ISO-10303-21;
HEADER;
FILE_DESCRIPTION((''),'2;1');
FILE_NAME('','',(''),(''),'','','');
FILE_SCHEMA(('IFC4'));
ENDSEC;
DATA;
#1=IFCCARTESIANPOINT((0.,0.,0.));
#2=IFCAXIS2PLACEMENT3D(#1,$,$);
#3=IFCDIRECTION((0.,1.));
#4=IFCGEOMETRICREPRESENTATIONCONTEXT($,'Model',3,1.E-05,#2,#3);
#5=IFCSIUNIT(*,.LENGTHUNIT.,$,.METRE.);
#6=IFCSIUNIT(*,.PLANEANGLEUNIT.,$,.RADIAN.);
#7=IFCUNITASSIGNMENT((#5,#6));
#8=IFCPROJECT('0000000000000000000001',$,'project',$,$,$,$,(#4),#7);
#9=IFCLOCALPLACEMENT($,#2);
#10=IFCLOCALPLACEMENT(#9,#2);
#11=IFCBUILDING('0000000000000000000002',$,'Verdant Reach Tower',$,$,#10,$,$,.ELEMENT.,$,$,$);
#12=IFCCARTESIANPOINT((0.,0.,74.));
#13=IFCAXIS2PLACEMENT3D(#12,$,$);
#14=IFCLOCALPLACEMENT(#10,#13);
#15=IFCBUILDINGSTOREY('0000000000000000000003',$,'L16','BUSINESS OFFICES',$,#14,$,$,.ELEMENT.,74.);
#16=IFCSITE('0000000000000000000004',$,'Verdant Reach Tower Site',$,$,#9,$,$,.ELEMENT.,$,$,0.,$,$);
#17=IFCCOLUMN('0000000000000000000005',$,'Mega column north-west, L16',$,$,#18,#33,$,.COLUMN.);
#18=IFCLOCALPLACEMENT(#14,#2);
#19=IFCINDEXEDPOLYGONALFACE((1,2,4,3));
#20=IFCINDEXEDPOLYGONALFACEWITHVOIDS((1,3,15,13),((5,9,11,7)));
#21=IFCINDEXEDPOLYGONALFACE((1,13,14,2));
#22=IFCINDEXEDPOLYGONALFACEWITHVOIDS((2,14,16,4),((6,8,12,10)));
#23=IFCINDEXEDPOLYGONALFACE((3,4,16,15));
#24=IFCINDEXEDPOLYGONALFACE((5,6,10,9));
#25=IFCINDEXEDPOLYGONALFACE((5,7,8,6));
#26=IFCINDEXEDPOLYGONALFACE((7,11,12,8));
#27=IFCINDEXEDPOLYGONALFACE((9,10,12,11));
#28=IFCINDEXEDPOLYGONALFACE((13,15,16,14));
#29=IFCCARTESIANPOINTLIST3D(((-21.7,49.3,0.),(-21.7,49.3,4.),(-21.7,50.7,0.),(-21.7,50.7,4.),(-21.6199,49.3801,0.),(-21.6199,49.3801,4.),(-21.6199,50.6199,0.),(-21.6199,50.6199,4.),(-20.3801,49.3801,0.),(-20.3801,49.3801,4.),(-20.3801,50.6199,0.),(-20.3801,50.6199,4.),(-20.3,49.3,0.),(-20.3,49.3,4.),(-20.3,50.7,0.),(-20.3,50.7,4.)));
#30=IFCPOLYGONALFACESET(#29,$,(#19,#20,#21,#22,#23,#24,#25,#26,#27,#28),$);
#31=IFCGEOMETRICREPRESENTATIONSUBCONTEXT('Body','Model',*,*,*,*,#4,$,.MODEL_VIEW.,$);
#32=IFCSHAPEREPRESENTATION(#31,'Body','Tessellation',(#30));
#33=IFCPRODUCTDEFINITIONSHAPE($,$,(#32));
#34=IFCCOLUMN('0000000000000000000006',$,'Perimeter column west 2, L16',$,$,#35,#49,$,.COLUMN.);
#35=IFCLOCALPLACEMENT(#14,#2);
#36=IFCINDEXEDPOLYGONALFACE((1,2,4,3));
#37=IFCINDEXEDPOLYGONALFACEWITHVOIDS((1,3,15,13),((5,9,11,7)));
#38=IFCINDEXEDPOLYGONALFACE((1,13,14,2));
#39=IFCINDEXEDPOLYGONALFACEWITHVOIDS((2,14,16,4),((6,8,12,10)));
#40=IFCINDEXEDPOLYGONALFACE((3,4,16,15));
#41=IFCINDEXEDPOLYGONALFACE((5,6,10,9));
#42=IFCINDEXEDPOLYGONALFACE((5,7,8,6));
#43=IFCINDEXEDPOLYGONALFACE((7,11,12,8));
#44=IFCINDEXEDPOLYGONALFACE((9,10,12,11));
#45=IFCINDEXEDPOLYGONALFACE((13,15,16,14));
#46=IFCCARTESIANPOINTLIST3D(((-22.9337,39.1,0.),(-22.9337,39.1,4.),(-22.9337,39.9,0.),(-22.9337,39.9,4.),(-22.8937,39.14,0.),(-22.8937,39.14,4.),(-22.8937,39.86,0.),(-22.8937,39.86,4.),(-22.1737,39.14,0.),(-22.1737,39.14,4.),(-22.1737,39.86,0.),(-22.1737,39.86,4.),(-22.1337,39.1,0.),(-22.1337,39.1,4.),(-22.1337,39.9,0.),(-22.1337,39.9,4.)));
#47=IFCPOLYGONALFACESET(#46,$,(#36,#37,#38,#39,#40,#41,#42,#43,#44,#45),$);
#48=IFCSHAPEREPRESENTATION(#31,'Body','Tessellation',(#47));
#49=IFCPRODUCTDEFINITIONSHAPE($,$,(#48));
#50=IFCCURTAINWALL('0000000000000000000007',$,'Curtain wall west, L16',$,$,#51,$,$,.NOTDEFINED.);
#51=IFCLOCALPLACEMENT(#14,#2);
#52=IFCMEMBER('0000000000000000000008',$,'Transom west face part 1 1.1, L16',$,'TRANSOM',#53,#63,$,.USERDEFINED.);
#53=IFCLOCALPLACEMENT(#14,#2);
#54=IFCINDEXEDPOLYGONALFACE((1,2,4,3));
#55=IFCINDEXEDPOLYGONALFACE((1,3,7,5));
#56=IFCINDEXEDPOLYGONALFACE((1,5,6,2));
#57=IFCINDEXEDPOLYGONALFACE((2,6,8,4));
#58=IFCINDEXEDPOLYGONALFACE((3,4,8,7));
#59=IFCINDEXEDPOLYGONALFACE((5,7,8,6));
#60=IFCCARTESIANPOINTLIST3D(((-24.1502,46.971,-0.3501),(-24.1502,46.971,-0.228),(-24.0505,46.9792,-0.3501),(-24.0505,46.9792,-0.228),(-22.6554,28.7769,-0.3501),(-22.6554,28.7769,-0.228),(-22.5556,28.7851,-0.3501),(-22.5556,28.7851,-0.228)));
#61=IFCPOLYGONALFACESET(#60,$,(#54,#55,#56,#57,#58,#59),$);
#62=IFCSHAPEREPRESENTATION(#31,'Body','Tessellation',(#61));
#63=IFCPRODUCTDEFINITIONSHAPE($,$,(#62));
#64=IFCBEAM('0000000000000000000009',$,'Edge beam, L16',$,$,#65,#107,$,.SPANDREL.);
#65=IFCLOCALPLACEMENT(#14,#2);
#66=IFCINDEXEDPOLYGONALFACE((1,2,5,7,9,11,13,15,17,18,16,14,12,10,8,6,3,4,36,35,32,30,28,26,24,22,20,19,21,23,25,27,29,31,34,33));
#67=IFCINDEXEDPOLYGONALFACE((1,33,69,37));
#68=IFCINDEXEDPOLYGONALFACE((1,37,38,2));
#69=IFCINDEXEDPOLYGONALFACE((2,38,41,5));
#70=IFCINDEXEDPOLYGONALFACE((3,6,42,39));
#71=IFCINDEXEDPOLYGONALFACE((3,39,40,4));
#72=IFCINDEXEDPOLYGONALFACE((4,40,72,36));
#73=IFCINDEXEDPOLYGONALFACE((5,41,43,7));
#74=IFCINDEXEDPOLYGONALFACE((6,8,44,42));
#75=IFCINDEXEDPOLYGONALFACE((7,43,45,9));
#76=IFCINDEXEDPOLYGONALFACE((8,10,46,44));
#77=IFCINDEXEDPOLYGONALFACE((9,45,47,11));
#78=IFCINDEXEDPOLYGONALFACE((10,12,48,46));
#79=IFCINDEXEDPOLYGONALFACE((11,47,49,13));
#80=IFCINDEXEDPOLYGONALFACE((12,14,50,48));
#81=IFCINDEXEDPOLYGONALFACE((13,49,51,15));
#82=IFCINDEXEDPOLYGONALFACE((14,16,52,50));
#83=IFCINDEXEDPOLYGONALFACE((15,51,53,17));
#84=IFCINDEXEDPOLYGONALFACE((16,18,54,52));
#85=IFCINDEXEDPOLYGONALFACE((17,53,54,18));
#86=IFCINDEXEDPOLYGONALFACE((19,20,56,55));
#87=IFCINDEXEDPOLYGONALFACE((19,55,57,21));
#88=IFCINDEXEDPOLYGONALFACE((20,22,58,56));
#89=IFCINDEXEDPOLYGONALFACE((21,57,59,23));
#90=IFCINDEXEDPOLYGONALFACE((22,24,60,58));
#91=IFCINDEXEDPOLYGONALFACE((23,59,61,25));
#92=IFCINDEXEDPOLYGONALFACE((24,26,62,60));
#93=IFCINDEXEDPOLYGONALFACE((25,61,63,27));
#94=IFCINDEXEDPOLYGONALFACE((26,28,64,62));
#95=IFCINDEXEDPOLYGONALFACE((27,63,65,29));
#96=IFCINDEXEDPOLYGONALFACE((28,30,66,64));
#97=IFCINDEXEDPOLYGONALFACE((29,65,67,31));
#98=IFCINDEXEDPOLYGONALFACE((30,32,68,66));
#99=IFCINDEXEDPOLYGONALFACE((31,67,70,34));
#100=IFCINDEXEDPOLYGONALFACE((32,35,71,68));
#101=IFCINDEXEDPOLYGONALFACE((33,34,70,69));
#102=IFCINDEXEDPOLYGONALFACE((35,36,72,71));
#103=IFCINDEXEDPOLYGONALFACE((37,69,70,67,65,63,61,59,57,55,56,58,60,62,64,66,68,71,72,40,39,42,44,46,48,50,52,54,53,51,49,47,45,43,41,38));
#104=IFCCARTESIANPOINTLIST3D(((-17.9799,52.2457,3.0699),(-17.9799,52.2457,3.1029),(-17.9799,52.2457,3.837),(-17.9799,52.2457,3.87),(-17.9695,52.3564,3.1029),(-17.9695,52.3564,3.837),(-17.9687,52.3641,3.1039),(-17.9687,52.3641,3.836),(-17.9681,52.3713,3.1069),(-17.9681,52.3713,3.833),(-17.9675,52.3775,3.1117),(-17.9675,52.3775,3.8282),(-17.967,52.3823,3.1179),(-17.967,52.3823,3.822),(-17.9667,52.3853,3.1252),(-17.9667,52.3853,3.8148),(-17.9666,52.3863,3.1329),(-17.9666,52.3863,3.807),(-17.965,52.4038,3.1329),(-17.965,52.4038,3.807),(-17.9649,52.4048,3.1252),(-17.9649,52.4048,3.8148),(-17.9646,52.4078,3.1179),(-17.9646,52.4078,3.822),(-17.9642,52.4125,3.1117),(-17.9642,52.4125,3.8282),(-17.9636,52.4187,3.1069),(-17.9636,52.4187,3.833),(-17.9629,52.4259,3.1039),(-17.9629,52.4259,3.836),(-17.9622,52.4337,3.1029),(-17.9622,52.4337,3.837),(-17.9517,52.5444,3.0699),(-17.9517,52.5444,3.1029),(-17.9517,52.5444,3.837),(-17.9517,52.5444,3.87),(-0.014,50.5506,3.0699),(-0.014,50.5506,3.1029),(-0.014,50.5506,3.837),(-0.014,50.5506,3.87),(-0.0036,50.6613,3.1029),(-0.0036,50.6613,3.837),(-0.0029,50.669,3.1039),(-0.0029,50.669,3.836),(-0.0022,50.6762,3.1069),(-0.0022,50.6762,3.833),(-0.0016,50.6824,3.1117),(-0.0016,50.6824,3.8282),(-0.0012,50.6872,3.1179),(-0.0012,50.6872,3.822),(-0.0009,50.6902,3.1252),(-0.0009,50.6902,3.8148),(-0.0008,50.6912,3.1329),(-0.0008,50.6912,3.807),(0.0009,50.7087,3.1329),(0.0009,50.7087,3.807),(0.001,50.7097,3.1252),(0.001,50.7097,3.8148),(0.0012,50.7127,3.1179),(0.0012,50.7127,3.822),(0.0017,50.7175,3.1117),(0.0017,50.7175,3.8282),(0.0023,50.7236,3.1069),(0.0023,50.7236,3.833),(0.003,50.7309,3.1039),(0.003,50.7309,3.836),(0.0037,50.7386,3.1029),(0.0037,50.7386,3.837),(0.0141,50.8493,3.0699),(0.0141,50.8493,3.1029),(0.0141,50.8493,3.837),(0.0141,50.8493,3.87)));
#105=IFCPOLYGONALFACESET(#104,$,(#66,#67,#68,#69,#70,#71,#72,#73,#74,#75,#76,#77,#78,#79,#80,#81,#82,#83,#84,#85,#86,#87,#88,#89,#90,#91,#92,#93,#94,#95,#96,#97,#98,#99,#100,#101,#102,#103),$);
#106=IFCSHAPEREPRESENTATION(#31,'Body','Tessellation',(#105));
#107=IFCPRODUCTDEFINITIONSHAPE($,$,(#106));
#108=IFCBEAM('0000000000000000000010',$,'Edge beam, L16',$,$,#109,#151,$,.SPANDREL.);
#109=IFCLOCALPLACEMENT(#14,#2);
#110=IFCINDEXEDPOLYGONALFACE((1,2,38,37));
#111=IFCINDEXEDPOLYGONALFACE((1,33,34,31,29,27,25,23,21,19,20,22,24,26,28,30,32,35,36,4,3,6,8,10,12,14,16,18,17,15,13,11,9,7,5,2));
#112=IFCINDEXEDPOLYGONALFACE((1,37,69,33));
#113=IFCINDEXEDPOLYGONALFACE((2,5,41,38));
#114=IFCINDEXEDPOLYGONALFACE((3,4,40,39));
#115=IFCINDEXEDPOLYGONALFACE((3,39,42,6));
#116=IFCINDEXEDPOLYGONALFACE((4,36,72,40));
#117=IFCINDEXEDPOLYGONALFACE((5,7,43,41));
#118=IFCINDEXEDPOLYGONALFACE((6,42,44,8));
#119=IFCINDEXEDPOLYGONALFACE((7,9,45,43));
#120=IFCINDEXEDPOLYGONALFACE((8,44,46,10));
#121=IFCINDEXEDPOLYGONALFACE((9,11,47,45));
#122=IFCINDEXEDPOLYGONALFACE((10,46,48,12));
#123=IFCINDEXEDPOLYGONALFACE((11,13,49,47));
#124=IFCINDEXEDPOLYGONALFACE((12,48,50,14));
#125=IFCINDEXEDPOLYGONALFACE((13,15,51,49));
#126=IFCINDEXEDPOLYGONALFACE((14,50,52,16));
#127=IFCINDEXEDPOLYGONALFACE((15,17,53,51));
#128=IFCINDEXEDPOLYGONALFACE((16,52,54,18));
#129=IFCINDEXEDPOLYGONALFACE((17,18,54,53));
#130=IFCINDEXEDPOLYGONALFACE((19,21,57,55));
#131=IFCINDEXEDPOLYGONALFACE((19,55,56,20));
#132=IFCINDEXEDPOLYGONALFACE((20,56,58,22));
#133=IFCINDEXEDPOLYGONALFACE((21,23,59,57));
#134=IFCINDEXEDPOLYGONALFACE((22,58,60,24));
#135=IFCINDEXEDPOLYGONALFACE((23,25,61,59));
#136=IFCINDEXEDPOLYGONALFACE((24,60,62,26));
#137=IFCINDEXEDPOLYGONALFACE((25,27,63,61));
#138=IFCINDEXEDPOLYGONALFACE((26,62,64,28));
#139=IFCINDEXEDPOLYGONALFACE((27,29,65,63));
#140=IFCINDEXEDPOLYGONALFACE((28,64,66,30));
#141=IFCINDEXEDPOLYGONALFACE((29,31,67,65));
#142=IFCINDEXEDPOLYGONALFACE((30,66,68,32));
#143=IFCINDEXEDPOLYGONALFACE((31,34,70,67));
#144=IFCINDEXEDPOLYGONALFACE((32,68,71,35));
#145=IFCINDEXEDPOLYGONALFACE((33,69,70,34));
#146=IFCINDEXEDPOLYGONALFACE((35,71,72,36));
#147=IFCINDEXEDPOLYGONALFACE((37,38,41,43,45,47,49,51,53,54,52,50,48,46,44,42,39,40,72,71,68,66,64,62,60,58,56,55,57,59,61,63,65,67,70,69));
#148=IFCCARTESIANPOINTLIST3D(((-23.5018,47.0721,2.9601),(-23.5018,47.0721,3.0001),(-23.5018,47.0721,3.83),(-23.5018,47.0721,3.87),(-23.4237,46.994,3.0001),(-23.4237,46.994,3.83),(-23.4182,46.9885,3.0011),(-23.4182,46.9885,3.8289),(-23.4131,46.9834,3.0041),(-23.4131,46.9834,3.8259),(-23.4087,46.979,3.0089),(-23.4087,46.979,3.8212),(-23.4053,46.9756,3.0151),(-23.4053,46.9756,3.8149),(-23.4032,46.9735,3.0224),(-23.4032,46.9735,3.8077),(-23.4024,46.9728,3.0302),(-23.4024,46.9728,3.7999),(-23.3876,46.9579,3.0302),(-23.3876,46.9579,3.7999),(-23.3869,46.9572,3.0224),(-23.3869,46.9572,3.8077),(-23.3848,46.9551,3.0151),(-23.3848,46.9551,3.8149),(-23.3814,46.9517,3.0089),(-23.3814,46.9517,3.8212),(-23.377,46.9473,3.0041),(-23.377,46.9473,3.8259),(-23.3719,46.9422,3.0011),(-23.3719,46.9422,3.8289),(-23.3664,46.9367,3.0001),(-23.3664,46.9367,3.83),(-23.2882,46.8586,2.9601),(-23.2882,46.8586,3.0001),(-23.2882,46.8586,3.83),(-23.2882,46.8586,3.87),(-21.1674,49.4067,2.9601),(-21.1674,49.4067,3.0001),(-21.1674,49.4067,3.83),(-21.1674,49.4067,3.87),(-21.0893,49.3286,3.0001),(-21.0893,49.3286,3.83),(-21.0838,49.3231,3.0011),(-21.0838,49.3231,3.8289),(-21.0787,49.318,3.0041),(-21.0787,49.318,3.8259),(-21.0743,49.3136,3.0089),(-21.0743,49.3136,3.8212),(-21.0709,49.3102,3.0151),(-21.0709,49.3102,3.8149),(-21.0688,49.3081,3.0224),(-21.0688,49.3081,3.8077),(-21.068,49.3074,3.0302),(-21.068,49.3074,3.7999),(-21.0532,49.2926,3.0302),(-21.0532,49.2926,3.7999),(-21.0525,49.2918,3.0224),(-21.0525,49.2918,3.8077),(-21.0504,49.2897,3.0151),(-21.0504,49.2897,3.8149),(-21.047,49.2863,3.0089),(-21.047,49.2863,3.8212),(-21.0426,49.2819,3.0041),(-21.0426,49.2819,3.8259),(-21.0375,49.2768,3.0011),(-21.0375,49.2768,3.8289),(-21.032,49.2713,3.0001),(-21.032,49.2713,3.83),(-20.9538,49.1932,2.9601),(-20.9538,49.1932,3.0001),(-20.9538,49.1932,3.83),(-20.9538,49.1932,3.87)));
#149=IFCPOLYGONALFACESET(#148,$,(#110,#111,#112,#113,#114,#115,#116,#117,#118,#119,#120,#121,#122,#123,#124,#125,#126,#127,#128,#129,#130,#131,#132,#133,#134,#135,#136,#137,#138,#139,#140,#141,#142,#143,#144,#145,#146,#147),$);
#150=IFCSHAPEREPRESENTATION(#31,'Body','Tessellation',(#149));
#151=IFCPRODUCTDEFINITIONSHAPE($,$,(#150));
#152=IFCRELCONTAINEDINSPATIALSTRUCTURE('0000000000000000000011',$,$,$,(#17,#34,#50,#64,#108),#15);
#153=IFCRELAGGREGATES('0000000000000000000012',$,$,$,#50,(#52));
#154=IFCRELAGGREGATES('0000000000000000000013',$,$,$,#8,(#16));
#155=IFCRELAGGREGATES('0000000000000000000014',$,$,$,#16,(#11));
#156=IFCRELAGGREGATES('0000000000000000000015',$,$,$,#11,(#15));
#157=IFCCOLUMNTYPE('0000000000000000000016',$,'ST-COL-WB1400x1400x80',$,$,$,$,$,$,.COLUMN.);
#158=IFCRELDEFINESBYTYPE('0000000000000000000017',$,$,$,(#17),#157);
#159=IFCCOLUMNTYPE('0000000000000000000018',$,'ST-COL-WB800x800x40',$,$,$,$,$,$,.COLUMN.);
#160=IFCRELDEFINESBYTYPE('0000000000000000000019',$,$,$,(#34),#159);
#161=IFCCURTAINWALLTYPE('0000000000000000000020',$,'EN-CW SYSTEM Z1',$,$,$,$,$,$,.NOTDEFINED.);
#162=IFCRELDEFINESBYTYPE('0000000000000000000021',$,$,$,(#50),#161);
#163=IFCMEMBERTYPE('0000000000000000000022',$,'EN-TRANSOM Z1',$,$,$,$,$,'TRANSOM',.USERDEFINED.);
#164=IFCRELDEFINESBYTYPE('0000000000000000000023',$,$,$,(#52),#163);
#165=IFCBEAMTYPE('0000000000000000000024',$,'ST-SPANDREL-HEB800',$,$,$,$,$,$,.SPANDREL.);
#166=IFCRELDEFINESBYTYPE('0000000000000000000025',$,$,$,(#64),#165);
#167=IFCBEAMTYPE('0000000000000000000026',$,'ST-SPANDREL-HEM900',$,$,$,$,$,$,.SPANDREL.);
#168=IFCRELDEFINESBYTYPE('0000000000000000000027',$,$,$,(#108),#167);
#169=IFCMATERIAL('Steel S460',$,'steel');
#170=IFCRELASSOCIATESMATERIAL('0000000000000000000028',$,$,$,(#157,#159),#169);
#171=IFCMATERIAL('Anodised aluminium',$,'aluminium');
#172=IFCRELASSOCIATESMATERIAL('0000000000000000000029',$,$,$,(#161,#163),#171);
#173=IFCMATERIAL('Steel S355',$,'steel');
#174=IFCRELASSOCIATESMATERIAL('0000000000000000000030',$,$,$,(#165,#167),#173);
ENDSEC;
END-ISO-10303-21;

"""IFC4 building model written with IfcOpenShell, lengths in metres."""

from ifc_helpers import new_model, si_unit, direction, frame, origin, origin_2d, place, context, subcontext, project, spatial, rectangle, hollow_rectangle, i_section, extrude, material, material_profile, profile_set, type_object, element, aggregate, save


model = new_model("IFC4")

# Units and contexts
model_context = context("Model", 3, precision=1e-05, world=origin(), true_north=direction((0.0, 1.0)))
body_context = subcontext(model_context, "Body", "Model", "MODEL_VIEW")
ifc_project = project(units=[si_unit("LENGTHUNIT", "METRE"), si_unit("PLANEANGLEUNIT", "RADIAN")], contexts=[model_context])

# Site, building, storey
site_placement = place(None, origin())
site = spatial("IfcSite", under=ifc_project, at=site_placement, Name="Verdant Reach Tower Site", CompositionType="ELEMENT", RefElevation=0.0)
building_placement = place(site_placement, origin())
building = spatial("IfcBuilding", under=site, at=building_placement, Name="Verdant Reach Tower", CompositionType="ELEMENT")
storey_placement = place(building_placement, frame((0.0, 0.0, 74.0)))
storey = spatial("IfcBuildingStorey", under=building, at=storey_placement, Name="L16", Description="BUSINESS OFFICES", CompositionType="ELEMENT", Elevation=74.0)

# Columns
ifc_material_1 = material(Name="Steel S460", Category="steel")
ifc_material_profile_1 = material_profile(ifc_material_1, hollow_rectangle(XDim=1.3999, YDim=1.3999, WallThickness=0.0801, at=origin_2d()), Name="WB 1400x1400x80")
ifc_profile_set_1 = profile_set([ifc_material_profile_1], Name="Steel S460")
column_type_1 = type_object("IfcColumnType", Name="ST-COL-WB1400x1400x80", PredefinedType="COLUMN", material=ifc_profile_set_1)
column_1_placement = place(storey_placement, frame((-21.0, 50.0, 0.0), z_axis=(0.0, 0.0, 1.0), x_axis=(1.0, 0.0, 0.0)))
element("IfcColumn", 1, at=column_1_placement, inside=storey, type_object=column_type_1, Name="Mega column north-west, L16", PredefinedType="COLUMN", context=body_context, shape_type="SweptSolid", body=[
    extrude(hollow_rectangle(XDim=1.3999, YDim=1.3999, WallThickness=0.0801, at=origin_2d()), origin(), (0.0, 0.0, 1.0), 4.0),
])
ifc_material_profile_2 = material_profile(ifc_material_1, hollow_rectangle(XDim=0.8, YDim=0.8, WallThickness=0.04, at=origin_2d()), Name="WB 800x800x40")
ifc_profile_set_2 = profile_set([ifc_material_profile_2], Name="Steel S460")
column_type_2 = type_object("IfcColumnType", Name="ST-COL-WB800x800x40", PredefinedType="COLUMN", material=ifc_profile_set_2)
column_2_placement = place(storey_placement, frame((-22.5337, 39.5, 0.0), z_axis=(0.0, 0.0, 1.0), x_axis=(1.0, 0.0, 0.0)))
element("IfcColumn", 2, at=column_2_placement, inside=storey, type_object=column_type_2, Name="Perimeter column west 2, L16", PredefinedType="COLUMN", context=body_context, shape_type="SweptSolid", body=[
    extrude(hollow_rectangle(XDim=0.8, YDim=0.8, WallThickness=0.04, at=origin_2d()), origin(), (0.0, 0.0, 1.0), 4.0),
])

# Curtain wall, member
ifc_material_2 = material(Name="Anodised aluminium", Category="aluminium")
curtain_wall_type = type_object("IfcCurtainWallType", Name="EN-CW SYSTEM Z1", PredefinedType="NOTDEFINED", material=ifc_material_2)
curtain_wall_1_placement = place(storey_placement, origin())
curtain_wall_1 = element("IfcCurtainWall", 3, at=curtain_wall_1_placement, inside=storey, type_object=curtain_wall_type, Name="Curtain wall west, L16", PredefinedType="NOTDEFINED")
ifc_material_profile_3 = material_profile(ifc_material_2, rectangle(XDim=0.1001, YDim=0.1221, at=origin_2d()), Name="Transom 122x100")
ifc_profile_set_3 = profile_set([ifc_material_profile_3], Name="Anodised aluminium")
member_type = type_object("IfcMemberType", Name="EN-TRANSOM Z1", ElementType="TRANSOM", PredefinedType="USERDEFINED", material=ifc_profile_set_3)
member_placement = place(storey_placement, frame((-24.1003, 46.9751, -0.2891), z_axis=(0.081887, -0.996642, 0.0), x_axis=(0.996642, 0.081887, 0.0)))
member = element("IfcMember", 4, at=member_placement, type_object=member_type, Name="Transom west face part 1 1.1, L16", ObjectType="TRANSOM", PredefinedType="USERDEFINED", context=body_context, shape_type="SweptSolid", body=[
    extrude(rectangle(XDim=0.1001, YDim=0.1221, at=origin_2d()), origin(), (0.0, 0.0, 1.0), 18.2554),
])

# Beams
ifc_material_3 = material(Name="Steel S355", Category="steel")
ifc_material_profile_4 = material_profile(ifc_material_3, i_section(OverallWidth=0.3, OverallDepth=0.8, WebThickness=0.0176, FlangeThickness=0.033, FilletRadius=0.03, at=origin_2d()), Name="HEB 800")
ifc_profile_set_4 = profile_set([ifc_material_profile_4], Name="Steel S355")
beam_type_1 = type_object("IfcBeamType", Name="ST-SPANDREL-HEB800", PredefinedType="SPANDREL", material=ifc_profile_set_4)
beam_1_placement = place(storey_placement, frame((-17.9658, 52.395, 3.47), z_axis=(0.995579, -0.093932, 0.0), x_axis=(0.093932, 0.995579, 0.0)))
element("IfcBeam", 5, at=beam_1_placement, inside=storey, type_object=beam_type_1, Name="Edge beam, L16", PredefinedType="SPANDREL", context=body_context, shape_type="SweptSolid", body=[
    extrude(i_section(OverallWidth=0.3, OverallDepth=0.8, WebThickness=0.0176, FlangeThickness=0.033, FilletRadius=0.03, at=origin_2d()), origin(), (0.0, 0.0, 1.0), 18.0457),
])
ifc_material_profile_5 = material_profile(ifc_material_3, i_section(OverallWidth=0.302, OverallDepth=0.9099, WebThickness=0.021, FlangeThickness=0.04, FilletRadius=0.03, at=origin_2d()), Name="HEM 900")
ifc_profile_set_5 = profile_set([ifc_material_profile_5], Name="Steel S355")
beam_type_2 = type_object("IfcBeamType", Name="ST-SPANDREL-HEM900", PredefinedType="SPANDREL", material=ifc_profile_set_5)
beam_2_placement = place(storey_placement, frame((-23.395, 46.9653, 3.415), z_axis=(0.70707, 0.707144, 0.0), x_axis=(-0.707144, 0.70707, 0.0)))
element("IfcBeam", 6, at=beam_2_placement, inside=storey, type_object=beam_type_2, Name="Edge beam, L16", PredefinedType="SPANDREL", context=body_context, shape_type="SweptSolid", body=[
    extrude(i_section(OverallWidth=0.302, OverallDepth=0.9099, WebThickness=0.021, FlangeThickness=0.04, FilletRadius=0.03, at=origin_2d()), origin(), (0.0, 0.0, 1.0), 3.3015),
])

aggregate(curtain_wall_1, [member])

save(model, "model.ifc")
